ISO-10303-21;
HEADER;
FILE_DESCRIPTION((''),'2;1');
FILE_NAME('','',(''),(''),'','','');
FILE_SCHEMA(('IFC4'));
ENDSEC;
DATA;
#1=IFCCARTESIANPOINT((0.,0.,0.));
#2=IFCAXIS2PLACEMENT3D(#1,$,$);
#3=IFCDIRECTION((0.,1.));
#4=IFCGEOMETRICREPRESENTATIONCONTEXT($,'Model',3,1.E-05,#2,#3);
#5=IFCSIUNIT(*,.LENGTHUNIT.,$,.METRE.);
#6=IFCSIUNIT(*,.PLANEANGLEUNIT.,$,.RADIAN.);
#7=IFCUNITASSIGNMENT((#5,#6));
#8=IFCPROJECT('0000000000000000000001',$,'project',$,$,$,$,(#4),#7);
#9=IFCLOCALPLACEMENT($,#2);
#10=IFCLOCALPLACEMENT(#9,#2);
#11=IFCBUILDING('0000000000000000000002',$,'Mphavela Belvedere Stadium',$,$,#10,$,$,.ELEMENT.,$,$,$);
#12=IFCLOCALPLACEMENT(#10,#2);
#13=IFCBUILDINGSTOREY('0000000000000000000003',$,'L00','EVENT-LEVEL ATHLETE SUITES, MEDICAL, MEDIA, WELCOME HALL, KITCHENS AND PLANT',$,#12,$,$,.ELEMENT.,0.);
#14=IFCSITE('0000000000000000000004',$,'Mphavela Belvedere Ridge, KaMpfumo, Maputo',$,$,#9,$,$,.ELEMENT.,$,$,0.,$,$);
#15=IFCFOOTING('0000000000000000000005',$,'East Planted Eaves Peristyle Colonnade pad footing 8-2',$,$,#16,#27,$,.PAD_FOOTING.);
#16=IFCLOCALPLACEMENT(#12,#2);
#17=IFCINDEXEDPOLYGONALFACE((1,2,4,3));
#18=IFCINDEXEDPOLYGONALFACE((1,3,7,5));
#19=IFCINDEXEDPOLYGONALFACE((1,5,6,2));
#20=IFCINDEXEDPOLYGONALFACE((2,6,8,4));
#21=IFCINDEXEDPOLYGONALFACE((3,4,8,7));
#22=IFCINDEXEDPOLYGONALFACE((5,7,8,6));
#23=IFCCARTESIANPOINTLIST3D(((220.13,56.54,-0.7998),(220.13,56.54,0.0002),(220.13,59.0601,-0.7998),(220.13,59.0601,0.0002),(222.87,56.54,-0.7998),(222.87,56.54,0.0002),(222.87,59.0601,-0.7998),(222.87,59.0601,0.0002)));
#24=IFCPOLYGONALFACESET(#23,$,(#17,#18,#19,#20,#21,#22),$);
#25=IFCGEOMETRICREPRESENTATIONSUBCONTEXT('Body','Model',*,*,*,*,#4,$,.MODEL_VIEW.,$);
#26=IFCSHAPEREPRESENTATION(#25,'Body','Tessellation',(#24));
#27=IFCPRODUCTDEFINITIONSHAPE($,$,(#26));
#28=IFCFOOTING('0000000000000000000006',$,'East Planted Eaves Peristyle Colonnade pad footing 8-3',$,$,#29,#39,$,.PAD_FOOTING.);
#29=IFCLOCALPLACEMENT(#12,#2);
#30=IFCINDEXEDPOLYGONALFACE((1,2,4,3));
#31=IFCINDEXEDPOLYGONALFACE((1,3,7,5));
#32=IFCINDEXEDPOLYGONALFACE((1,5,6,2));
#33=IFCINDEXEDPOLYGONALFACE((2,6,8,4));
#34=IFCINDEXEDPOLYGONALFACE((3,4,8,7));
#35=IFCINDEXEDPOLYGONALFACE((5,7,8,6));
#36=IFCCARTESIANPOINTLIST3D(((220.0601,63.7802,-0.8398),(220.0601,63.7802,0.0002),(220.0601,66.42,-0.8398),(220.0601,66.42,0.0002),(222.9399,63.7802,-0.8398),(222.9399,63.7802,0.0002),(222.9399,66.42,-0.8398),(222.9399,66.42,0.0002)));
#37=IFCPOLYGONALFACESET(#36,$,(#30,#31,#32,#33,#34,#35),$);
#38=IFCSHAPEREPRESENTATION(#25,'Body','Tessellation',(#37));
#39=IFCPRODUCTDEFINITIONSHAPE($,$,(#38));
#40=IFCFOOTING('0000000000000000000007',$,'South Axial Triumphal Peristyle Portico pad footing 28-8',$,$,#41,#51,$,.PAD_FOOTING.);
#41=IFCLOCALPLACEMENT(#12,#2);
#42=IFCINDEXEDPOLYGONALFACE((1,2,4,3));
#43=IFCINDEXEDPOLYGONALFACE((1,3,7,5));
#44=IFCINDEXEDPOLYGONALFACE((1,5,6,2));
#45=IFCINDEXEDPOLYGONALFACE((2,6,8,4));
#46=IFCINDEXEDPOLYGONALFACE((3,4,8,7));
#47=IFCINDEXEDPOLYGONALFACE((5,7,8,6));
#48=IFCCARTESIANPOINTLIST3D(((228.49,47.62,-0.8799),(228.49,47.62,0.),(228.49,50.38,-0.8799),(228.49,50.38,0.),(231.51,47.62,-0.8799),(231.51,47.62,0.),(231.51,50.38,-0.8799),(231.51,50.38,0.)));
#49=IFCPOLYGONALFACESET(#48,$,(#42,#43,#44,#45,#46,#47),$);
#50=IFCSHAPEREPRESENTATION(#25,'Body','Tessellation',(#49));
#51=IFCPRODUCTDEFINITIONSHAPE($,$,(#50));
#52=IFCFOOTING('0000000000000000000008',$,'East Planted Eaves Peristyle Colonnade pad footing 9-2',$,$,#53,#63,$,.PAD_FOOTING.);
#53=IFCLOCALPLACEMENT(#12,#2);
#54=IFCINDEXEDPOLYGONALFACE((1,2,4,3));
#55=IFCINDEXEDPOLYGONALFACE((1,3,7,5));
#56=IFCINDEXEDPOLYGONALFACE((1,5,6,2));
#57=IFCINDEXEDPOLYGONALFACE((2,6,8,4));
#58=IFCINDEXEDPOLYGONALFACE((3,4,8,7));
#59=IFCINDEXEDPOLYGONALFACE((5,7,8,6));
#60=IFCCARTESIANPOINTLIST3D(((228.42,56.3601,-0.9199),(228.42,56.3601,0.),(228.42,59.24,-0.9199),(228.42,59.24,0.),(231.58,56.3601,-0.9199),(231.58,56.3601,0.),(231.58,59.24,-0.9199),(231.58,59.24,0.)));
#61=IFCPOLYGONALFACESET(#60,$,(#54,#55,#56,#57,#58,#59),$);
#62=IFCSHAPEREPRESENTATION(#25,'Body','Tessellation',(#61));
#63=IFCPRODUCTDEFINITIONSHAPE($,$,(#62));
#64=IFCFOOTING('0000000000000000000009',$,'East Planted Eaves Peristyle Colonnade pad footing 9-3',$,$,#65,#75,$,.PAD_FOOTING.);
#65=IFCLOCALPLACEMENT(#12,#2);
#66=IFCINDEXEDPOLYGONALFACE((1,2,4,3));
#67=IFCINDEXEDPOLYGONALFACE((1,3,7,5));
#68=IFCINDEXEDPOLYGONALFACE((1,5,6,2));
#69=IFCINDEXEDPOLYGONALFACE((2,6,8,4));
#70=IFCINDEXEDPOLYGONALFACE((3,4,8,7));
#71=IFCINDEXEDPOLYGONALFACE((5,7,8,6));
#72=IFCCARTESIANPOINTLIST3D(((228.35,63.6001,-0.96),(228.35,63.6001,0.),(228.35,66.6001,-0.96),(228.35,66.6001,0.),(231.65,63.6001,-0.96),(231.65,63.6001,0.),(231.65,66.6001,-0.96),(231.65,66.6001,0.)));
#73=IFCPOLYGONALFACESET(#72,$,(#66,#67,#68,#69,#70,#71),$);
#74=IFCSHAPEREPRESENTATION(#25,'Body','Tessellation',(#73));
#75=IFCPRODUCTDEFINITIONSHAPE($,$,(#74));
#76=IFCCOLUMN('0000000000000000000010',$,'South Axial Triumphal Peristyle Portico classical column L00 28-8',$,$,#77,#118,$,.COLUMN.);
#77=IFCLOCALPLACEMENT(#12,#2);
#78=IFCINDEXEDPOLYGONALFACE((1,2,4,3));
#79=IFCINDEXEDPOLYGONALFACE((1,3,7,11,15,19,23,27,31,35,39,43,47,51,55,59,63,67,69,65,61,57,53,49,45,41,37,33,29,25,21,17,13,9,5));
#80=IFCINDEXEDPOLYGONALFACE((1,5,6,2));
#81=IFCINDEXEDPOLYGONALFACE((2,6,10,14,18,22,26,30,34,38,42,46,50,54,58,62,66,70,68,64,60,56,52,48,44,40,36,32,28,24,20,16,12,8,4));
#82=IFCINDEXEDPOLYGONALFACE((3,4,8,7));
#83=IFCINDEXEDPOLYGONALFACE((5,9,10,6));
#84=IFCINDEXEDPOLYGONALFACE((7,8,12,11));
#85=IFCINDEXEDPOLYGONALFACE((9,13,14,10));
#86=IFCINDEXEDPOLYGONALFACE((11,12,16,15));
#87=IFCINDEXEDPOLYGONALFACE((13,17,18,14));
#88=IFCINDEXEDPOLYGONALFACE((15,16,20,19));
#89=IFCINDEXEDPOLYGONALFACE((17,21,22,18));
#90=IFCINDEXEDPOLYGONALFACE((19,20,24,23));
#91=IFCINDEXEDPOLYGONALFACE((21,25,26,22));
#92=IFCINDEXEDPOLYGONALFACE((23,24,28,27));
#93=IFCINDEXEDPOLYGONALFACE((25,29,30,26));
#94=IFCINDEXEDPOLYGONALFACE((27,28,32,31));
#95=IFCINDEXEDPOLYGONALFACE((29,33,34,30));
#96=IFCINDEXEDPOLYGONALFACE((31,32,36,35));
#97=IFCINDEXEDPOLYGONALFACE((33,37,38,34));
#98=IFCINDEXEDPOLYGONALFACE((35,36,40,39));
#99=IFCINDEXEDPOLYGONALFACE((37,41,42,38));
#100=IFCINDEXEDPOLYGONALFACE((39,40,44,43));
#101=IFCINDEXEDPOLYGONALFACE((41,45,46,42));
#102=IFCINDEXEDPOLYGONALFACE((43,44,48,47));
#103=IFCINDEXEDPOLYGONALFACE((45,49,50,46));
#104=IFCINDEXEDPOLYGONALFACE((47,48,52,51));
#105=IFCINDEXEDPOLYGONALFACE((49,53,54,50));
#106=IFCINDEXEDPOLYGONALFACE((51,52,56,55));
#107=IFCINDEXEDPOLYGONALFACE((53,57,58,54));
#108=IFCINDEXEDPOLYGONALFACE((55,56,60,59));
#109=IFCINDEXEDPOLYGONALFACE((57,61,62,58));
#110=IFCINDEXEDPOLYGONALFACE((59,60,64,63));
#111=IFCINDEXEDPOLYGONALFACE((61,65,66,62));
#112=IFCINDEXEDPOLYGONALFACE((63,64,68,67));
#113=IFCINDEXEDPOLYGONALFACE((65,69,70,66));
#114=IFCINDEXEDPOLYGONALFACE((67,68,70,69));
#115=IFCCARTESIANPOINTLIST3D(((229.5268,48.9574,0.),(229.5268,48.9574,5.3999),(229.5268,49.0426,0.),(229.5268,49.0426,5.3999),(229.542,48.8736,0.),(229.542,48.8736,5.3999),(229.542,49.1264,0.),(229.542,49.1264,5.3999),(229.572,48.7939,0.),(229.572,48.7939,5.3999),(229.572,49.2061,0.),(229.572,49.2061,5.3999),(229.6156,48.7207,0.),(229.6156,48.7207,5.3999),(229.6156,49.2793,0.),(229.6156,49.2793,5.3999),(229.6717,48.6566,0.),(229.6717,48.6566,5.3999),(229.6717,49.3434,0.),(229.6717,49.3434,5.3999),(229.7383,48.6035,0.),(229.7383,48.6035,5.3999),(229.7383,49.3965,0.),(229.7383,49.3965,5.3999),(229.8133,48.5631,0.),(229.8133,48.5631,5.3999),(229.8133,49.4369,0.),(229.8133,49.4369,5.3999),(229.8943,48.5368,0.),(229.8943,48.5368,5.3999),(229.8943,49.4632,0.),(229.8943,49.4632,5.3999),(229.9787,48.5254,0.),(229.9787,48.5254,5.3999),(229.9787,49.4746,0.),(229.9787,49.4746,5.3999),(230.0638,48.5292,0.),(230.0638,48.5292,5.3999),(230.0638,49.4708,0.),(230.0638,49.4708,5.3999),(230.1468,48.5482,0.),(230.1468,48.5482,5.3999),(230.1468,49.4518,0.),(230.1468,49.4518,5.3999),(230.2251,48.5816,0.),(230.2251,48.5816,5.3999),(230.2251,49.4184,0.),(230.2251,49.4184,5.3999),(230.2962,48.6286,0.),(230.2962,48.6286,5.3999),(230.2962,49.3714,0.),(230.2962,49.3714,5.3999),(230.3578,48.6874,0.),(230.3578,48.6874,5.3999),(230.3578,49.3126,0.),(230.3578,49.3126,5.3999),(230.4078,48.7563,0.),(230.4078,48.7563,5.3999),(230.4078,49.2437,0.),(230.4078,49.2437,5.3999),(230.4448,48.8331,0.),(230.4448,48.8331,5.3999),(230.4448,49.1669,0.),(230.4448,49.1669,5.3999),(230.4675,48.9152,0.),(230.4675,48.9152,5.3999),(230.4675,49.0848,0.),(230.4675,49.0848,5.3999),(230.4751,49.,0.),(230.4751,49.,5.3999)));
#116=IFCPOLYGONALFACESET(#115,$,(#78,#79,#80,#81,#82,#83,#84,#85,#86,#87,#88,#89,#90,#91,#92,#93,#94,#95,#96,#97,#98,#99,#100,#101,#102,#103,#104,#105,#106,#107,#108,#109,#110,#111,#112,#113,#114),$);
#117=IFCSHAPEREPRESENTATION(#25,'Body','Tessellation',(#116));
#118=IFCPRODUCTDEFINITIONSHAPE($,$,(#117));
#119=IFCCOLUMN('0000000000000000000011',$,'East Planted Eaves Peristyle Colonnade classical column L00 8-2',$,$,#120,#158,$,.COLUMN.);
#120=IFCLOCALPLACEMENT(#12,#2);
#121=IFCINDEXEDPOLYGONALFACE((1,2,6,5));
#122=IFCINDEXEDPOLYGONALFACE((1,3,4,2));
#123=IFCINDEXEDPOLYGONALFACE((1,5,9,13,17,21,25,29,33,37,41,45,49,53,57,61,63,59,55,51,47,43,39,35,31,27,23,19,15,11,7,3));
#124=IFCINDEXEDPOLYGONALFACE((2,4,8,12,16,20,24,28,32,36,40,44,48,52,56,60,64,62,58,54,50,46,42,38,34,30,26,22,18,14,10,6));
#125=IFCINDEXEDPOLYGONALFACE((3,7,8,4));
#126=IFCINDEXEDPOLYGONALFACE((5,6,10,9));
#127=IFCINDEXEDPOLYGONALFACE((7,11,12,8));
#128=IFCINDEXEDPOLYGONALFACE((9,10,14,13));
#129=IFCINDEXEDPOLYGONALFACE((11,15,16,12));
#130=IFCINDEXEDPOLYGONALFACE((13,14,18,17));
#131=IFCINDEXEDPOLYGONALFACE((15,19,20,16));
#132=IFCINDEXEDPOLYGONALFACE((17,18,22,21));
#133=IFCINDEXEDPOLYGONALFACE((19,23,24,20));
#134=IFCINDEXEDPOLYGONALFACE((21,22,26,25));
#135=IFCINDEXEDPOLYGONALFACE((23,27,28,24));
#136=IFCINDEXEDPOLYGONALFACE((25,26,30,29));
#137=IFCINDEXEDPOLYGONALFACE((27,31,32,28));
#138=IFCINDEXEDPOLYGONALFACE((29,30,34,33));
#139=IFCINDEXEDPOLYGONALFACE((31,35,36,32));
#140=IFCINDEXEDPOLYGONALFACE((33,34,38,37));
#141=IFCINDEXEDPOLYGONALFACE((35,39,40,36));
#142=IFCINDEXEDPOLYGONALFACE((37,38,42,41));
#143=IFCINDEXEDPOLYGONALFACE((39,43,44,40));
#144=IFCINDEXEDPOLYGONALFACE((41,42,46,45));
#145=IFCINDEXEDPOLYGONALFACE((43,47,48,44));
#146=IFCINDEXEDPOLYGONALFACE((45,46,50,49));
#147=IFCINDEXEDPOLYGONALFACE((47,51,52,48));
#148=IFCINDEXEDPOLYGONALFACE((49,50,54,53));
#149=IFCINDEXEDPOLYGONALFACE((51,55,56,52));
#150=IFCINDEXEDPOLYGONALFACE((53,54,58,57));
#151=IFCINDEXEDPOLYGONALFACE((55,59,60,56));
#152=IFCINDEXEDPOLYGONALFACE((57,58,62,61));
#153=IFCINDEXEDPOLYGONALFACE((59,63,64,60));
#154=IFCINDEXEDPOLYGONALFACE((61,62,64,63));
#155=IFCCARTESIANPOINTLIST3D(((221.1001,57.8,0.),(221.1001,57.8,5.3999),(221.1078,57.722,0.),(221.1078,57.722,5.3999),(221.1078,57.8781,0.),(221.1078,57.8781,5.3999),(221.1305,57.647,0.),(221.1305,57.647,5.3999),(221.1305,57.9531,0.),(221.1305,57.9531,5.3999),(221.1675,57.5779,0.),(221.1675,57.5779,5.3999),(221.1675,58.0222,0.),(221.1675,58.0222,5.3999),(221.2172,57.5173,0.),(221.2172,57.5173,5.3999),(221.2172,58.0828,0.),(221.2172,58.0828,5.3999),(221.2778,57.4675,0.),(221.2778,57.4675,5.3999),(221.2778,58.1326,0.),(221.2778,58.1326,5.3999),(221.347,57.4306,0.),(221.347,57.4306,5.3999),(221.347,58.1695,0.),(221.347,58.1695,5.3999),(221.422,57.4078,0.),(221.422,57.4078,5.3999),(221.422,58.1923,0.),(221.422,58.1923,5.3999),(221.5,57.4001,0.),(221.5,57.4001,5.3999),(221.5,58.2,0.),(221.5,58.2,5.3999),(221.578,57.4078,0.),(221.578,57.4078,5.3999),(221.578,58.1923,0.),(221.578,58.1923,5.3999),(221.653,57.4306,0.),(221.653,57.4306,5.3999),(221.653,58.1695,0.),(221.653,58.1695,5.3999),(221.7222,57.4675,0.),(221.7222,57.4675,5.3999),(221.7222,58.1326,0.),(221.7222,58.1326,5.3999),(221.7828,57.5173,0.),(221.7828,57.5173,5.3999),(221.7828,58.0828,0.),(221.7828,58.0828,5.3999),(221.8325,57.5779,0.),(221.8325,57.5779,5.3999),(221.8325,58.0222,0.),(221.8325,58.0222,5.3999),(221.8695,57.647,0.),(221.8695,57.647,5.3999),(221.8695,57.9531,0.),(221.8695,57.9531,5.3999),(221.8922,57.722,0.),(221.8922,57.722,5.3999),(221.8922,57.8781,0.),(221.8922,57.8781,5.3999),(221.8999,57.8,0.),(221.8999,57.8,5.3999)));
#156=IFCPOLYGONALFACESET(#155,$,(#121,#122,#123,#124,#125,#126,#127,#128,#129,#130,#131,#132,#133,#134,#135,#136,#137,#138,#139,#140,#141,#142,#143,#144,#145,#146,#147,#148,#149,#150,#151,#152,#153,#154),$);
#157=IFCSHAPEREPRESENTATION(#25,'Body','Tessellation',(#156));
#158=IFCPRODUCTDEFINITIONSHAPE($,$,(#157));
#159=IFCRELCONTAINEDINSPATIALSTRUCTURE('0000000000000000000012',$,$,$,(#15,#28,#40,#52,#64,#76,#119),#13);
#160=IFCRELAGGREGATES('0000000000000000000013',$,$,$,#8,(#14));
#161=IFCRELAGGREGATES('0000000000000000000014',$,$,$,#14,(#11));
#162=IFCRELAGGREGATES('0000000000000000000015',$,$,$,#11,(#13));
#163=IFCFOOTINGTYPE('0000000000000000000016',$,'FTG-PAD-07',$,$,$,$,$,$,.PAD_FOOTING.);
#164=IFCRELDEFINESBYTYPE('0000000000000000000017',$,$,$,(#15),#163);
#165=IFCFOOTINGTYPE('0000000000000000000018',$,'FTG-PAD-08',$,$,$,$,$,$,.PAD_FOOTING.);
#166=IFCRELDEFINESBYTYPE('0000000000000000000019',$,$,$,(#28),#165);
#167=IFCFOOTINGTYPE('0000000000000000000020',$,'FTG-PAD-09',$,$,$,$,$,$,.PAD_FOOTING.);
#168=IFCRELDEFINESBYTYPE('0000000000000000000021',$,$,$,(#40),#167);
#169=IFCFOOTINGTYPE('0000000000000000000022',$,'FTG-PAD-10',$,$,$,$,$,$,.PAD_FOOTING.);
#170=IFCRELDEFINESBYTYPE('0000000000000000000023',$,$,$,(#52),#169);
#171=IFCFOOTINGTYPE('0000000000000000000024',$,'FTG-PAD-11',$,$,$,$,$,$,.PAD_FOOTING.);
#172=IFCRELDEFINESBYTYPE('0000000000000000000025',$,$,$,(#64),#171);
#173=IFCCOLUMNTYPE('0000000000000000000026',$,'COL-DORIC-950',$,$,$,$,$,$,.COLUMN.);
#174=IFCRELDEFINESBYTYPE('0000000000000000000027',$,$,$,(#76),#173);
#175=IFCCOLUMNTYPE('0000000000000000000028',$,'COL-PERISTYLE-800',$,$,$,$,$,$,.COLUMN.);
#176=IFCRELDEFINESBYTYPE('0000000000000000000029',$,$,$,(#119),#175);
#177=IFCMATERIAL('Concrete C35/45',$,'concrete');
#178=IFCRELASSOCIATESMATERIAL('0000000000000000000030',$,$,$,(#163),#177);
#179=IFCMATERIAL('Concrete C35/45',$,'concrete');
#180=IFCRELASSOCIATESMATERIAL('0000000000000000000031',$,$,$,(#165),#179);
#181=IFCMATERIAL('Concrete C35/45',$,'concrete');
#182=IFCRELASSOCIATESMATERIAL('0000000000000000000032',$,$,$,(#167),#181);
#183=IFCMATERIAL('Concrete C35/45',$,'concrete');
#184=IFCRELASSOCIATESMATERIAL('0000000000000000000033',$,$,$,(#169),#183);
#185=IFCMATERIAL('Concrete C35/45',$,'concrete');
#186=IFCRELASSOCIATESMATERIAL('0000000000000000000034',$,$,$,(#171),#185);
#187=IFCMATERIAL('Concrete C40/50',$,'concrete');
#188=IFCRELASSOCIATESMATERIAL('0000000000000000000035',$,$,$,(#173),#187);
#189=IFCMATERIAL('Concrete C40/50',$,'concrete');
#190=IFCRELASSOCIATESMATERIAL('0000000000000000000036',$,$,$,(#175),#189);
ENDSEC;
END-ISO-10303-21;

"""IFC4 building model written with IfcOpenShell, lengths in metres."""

from ifc_helpers import new_model, si_unit, direction, frame, origin, origin_2d, place, context, subcontext, project, spatial, rectangle, circle, extrude, material, material_profile, profile_set, type_object, element, save


model = new_model("IFC4")

# Units and contexts
model_context = context("Model", 3, precision=1e-05, world=origin(), true_north=direction((0.0, 1.0)))
body_context = subcontext(model_context, "Body", "Model", "MODEL_VIEW")
ifc_project = project(units=[si_unit("LENGTHUNIT", "METRE"), si_unit("PLANEANGLEUNIT", "RADIAN")], contexts=[model_context])

# Site, building, storey
site_placement = place(None, origin())
site = spatial("IfcSite", under=ifc_project, at=site_placement, Name="Mphavela Belvedere Ridge, KaMpfumo, Maputo", CompositionType="ELEMENT", RefElevation=0.0)
building_placement = place(site_placement, origin())
building = spatial("IfcBuilding", under=site, at=building_placement, Name="Mphavela Belvedere Stadium", CompositionType="ELEMENT")
storey_placement = place(building_placement, origin())
storey = spatial("IfcBuildingStorey", under=building, at=storey_placement, Name="L00", Description="EVENT-LEVEL ATHLETE SUITES, MEDICAL, MEDIA, WELCOME HALL, KITCHENS AND PLANT", CompositionType="ELEMENT", Elevation=0.0)

# Footings
ifc_material_1 = material(Name="Concrete C35/45", Category="concrete")
footing_type_1 = type_object("IfcFootingType", Name="FTG-PAD-07", PredefinedType="PAD_FOOTING", material=ifc_material_1)
footing_1_placement = place(storey_placement, frame((221.5, 57.8, -0.7998), z_axis=(0.0, 0.0, 1.0), x_axis=(1.0, 0.0, 0.0)))
element("IfcFooting", 1, at=footing_1_placement, inside=storey, type_object=footing_type_1, Name="East Planted Eaves Peristyle Colonnade pad footing 8-2", PredefinedType="PAD_FOOTING", context=body_context, shape_type="SweptSolid", body=[
    extrude(rectangle(XDim=2.74, YDim=2.52, at=origin_2d()), origin(), (0.0, 0.0, 1.0), 0.8),
])
ifc_material_2 = material(Name="Concrete C35/45", Category="concrete")
footing_type_2 = type_object("IfcFootingType", Name="FTG-PAD-08", PredefinedType="PAD_FOOTING", material=ifc_material_2)
footing_2_placement = place(storey_placement, frame((221.5, 65.1001, -0.8398), z_axis=(0.0, 0.0, 1.0), x_axis=(1.0, 0.0, 0.0)))
element("IfcFooting", 2, at=footing_2_placement, inside=storey, type_object=footing_type_2, Name="East Planted Eaves Peristyle Colonnade pad footing 8-3", PredefinedType="PAD_FOOTING", context=body_context, shape_type="SweptSolid", body=[
    extrude(rectangle(XDim=2.8799, YDim=2.6399, at=origin_2d()), origin(), (0.0, 0.0, 1.0), 0.8401),
])
ifc_material_3 = material(Name="Concrete C35/45", Category="concrete")
footing_type_3 = type_object("IfcFootingType", Name="FTG-PAD-09", PredefinedType="PAD_FOOTING", material=ifc_material_3)
footing_3_placement = place(storey_placement, frame((230.0, 49.0, -0.8799), z_axis=(0.0, 0.0, 1.0), x_axis=(1.0, 0.0, 0.0)))
element("IfcFooting", 3, at=footing_3_placement, inside=storey, type_object=footing_type_3, Name="South Axial Triumphal Peristyle Portico pad footing 28-8", PredefinedType="PAD_FOOTING", context=body_context, shape_type="SweptSolid", body=[
    extrude(rectangle(XDim=3.02, YDim=2.76, at=origin_2d()), origin(), (0.0, 0.0, 1.0), 0.8799),
])
ifc_material_4 = material(Name="Concrete C35/45", Category="concrete")
footing_type_4 = type_object("IfcFootingType", Name="FTG-PAD-10", PredefinedType="PAD_FOOTING", material=ifc_material_4)
footing_4_placement = place(storey_placement, frame((230.0, 57.8, -0.9199), z_axis=(0.0, 0.0, 1.0), x_axis=(1.0, 0.0, 0.0)))
element("IfcFooting", 4, at=footing_4_placement, inside=storey, type_object=footing_type_4, Name="East Planted Eaves Peristyle Colonnade pad footing 9-2", PredefinedType="PAD_FOOTING", context=body_context, shape_type="SweptSolid", body=[
    extrude(rectangle(XDim=3.1599, YDim=2.8799, at=origin_2d()), origin(), (0.0, 0.0, 1.0), 0.9199),
])
ifc_material_5 = material(Name="Concrete C35/45", Category="concrete")
footing_type_5 = type_object("IfcFootingType", Name="FTG-PAD-11", PredefinedType="PAD_FOOTING", material=ifc_material_5)
footing_5_placement = place(storey_placement, frame((230.0, 65.1001, -0.96), z_axis=(0.0, 0.0, 1.0), x_axis=(1.0, 0.0, 0.0)))
element("IfcFooting", 5, at=footing_5_placement, inside=storey, type_object=footing_type_5, Name="East Planted Eaves Peristyle Colonnade pad footing 9-3", PredefinedType="PAD_FOOTING", context=body_context, shape_type="SweptSolid", body=[
    extrude(rectangle(XDim=3.3, YDim=3.0, at=origin_2d()), origin(), (0.0, 0.0, 1.0), 0.96),
])

# Columns
ifc_material_6 = material(Name="Concrete C40/50", Category="concrete")
ifc_material_profile_1 = material_profile(ifc_material_6, circle(Radius=0.4751, at=origin_2d()), Name="COL D950")
ifc_profile_set_1 = profile_set([ifc_material_profile_1], Name="Concrete C40/50")
column_type_1 = type_object("IfcColumnType", Name="COL-DORIC-950", PredefinedType="COLUMN", material=ifc_profile_set_1)
column_placement = place(storey_placement, frame((230.0, 49.0, 0.0), z_axis=(0.0, 0.0, 1.0), x_axis=(1.0, 0.0, 0.0)))
element("IfcColumn", 6, at=column_placement, inside=storey, type_object=column_type_1, Name="South Axial Triumphal Peristyle Portico classical column L00 28-8", PredefinedType="COLUMN", context=body_context, shape_type="SweptSolid", body=[
    extrude(circle(Radius=0.4751, at=origin_2d()), origin(), (0.0, 0.0, 1.0), 5.3999),
])
ifc_material_7 = material(Name="Concrete C40/50", Category="concrete")
ifc_material_profile_2 = material_profile(ifc_material_7, circle(Radius=0.3999, at=origin_2d()), Name="COL D800")
ifc_profile_set_2 = profile_set([ifc_material_profile_2], Name="Concrete C40/50")
column_type_2 = type_object("IfcColumnType", Name="COL-PERISTYLE-800", PredefinedType="COLUMN", material=ifc_profile_set_2)
for number, where, z_axis, x_axis, name in (
    (7, (221.5, 57.8, 0.0), (0.0, 0.0, 1.0), (1.0, 0.0, 0.0), "East Planted Eaves Peristyle Colonnade classical column L00 8-2"),
):
    element("IfcColumn", number, at=place(storey_placement, frame(where, z_axis=z_axis, x_axis=x_axis)), inside=storey, type_object=column_type_2, Name=name, PredefinedType="COLUMN", context=body_context, shape_type="SweptSolid", body=[
        extrude(circle(Radius=0.3999, at=origin_2d()), origin(), (0.0, 0.0, 1.0), 5.3999),
    ])

save(model, "model.ifc")
